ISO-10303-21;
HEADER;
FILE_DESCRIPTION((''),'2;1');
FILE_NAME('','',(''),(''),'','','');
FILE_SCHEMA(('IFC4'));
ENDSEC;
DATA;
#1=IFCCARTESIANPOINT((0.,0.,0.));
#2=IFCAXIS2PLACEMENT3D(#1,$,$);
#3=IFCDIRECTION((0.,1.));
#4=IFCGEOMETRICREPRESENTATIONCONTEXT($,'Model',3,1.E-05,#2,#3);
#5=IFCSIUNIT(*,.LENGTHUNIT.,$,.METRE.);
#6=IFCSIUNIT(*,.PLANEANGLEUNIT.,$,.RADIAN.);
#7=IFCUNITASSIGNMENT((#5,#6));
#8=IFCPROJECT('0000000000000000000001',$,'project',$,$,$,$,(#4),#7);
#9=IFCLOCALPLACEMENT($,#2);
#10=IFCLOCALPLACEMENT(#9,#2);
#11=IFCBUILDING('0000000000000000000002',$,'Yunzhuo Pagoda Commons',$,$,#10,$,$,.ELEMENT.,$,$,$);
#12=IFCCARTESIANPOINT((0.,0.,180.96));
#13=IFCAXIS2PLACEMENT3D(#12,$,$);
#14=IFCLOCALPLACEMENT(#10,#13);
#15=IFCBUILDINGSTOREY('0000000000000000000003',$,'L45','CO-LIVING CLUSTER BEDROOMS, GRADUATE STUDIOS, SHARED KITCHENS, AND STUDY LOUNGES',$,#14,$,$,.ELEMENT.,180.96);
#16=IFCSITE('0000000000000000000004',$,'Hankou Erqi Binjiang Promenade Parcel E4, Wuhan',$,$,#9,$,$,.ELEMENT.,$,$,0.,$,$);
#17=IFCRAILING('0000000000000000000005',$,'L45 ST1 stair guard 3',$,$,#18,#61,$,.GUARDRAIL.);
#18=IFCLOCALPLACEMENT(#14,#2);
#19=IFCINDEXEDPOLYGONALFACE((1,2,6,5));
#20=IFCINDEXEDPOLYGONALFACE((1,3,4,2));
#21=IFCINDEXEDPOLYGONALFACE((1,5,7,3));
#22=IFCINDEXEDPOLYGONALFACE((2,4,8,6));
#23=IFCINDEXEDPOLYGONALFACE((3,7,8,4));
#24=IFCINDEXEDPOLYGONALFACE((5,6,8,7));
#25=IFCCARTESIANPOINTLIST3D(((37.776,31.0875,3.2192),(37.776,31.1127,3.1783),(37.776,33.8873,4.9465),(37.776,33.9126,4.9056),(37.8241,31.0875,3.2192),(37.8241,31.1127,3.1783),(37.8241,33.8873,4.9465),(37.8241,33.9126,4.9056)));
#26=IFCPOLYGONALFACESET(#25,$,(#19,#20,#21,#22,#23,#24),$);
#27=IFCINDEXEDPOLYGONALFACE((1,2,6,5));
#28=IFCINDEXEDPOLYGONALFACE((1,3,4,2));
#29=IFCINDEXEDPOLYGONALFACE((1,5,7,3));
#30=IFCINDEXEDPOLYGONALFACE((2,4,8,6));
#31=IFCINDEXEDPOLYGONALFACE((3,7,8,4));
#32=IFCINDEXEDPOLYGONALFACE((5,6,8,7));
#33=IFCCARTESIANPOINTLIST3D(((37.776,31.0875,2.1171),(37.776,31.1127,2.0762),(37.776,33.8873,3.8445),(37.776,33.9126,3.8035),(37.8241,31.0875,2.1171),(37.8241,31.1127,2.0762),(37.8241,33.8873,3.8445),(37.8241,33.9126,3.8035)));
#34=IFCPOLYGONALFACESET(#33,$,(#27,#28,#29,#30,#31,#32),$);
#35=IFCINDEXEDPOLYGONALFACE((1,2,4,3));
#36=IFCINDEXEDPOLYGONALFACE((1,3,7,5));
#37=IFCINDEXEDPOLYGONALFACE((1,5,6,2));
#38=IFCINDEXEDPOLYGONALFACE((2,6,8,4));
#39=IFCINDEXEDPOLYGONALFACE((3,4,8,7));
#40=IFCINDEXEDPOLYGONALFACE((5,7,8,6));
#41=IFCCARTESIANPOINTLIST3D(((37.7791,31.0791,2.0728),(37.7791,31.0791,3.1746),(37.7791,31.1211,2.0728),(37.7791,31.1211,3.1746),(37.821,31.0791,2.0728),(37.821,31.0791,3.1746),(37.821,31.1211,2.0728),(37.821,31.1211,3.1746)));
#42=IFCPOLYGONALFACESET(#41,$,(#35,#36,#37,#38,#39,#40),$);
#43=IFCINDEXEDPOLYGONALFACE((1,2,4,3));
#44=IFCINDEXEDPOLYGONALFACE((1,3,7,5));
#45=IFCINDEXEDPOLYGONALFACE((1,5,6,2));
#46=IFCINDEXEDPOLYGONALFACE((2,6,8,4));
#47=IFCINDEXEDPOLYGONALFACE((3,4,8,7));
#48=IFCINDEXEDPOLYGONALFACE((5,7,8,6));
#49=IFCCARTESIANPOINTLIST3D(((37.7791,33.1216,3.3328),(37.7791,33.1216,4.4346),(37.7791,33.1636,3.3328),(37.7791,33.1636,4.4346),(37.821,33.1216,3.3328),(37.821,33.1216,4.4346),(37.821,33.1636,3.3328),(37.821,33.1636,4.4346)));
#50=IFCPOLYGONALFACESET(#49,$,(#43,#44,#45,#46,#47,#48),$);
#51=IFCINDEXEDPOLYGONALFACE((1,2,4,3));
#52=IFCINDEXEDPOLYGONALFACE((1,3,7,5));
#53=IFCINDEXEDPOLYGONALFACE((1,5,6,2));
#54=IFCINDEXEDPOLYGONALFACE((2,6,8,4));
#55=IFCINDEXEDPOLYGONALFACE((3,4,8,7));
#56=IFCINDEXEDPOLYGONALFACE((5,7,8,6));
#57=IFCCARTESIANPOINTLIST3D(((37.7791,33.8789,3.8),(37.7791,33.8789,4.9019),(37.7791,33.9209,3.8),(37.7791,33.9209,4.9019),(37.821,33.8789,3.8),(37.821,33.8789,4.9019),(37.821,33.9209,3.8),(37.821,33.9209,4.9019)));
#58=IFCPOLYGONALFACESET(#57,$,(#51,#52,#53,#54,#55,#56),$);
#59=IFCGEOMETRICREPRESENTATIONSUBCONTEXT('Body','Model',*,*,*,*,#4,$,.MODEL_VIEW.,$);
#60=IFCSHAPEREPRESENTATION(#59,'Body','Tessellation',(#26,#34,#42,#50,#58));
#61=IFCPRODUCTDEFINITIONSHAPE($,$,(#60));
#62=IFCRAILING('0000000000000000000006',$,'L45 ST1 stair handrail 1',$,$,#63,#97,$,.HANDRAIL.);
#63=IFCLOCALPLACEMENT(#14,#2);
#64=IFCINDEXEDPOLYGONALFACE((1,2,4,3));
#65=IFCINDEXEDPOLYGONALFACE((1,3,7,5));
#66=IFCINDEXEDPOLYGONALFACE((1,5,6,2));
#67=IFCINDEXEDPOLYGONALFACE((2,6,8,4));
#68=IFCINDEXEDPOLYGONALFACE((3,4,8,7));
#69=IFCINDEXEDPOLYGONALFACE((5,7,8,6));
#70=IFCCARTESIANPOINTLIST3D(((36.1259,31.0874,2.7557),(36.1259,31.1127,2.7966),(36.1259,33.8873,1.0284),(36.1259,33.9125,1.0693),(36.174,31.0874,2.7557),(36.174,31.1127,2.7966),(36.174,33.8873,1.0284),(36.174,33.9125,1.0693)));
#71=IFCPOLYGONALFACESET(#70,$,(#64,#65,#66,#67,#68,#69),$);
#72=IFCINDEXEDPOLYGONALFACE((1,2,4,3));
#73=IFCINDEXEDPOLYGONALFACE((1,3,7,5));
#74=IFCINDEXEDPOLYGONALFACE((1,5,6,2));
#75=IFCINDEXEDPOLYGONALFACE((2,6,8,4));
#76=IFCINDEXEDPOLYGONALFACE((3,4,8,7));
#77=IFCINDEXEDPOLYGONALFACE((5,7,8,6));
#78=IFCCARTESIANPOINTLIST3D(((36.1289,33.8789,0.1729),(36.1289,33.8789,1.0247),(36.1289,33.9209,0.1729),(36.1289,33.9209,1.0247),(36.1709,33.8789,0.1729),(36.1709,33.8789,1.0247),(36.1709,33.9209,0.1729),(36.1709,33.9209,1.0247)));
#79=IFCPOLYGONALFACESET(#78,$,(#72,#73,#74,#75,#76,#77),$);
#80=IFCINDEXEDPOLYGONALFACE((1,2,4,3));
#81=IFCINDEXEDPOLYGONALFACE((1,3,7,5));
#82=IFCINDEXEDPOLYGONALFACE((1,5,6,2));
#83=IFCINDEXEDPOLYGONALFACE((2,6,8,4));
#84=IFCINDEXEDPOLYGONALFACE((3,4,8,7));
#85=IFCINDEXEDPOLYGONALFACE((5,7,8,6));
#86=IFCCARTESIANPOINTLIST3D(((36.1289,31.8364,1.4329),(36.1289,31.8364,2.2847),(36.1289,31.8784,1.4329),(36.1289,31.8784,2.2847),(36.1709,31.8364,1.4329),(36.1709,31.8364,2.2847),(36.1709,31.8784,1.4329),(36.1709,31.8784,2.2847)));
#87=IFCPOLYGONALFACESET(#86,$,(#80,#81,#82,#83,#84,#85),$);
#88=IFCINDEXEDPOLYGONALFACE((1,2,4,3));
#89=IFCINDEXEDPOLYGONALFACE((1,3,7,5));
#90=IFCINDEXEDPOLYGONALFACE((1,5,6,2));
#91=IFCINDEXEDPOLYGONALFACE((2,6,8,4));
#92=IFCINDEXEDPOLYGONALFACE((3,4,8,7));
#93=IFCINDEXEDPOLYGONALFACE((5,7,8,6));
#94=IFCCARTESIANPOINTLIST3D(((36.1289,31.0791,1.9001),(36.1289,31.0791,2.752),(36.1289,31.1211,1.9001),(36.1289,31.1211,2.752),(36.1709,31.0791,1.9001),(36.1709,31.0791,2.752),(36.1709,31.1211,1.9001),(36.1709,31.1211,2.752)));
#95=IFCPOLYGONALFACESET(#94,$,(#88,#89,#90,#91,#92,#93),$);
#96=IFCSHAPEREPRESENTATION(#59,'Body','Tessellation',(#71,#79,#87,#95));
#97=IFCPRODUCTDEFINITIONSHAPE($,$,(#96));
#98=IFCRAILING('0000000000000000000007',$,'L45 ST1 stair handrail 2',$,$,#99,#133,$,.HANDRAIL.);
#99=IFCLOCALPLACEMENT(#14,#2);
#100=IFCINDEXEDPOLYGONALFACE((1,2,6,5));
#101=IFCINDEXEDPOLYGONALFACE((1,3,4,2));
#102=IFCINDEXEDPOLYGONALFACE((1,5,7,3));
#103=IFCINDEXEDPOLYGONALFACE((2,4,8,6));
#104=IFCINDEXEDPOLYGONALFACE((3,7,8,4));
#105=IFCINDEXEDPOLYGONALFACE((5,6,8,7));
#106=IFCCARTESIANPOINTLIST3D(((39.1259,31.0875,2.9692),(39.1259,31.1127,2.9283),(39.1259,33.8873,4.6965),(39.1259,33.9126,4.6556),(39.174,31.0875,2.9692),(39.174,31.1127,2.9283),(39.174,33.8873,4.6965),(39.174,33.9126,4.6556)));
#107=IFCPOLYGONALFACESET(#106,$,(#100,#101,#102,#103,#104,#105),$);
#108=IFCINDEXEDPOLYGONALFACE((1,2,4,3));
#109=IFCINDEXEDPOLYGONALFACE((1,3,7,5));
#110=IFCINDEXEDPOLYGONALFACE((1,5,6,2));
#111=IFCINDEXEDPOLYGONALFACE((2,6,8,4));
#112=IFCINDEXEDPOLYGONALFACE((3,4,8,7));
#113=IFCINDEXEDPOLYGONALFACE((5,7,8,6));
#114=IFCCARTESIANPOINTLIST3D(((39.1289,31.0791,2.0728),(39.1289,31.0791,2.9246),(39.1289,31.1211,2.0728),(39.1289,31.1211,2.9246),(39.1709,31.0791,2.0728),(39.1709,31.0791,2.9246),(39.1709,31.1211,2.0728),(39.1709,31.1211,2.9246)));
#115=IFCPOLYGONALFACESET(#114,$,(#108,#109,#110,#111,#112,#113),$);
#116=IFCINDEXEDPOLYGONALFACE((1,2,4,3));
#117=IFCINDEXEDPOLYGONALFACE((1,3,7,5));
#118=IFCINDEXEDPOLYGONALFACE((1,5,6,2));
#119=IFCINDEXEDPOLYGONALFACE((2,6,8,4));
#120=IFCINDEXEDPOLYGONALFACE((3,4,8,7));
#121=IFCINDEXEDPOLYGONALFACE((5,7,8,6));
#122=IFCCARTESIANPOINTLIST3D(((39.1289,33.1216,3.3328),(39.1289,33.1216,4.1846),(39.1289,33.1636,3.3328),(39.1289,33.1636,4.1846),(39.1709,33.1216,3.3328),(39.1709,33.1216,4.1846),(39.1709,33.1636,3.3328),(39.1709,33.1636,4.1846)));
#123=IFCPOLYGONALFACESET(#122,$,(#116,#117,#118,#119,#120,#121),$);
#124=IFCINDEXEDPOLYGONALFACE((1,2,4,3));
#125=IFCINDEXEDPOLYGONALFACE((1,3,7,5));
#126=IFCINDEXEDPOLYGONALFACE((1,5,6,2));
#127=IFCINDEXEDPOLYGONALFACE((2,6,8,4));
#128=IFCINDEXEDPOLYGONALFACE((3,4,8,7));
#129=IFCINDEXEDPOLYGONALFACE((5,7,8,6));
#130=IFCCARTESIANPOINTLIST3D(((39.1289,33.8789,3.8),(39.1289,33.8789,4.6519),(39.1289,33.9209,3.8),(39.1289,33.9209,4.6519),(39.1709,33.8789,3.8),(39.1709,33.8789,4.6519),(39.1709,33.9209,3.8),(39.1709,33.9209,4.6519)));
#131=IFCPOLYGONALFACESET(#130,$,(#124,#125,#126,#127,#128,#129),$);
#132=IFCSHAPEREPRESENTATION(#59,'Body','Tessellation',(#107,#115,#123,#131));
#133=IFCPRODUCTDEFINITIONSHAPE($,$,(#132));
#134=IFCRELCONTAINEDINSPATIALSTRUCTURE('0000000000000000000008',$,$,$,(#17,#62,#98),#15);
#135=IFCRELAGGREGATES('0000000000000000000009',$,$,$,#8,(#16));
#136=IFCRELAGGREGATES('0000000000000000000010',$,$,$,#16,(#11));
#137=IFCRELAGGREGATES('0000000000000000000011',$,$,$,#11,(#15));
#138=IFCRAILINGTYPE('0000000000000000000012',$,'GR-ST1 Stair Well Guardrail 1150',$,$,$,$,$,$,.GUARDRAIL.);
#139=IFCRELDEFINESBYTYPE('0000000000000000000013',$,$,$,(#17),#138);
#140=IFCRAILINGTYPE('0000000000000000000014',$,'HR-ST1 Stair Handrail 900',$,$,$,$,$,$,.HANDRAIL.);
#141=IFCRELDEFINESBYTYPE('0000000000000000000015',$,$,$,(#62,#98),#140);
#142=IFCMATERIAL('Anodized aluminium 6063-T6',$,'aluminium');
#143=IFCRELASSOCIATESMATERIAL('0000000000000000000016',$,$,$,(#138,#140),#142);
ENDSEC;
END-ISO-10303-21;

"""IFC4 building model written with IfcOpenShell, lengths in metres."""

from ifc_helpers import new_model, si_unit, direction, frame, origin, origin_2d, place, context, subcontext, project, spatial, rectangle, extrude, material, type_object, element, save


model = new_model("IFC4")

# Units and contexts
model_context = context("Model", 3, precision=1e-05, world=origin(), true_north=direction((0.0, 1.0)))
body_context = subcontext(model_context, "Body", "Model", "MODEL_VIEW")
ifc_project = project(units=[si_unit("LENGTHUNIT", "METRE"), si_unit("PLANEANGLEUNIT", "RADIAN")], contexts=[model_context])

# Site, building, storey
site_placement = place(None, origin())
site = spatial("IfcSite", under=ifc_project, at=site_placement, Name="Hankou Erqi Binjiang Promenade Parcel E4, Wuhan", CompositionType="ELEMENT", RefElevation=0.0)
building_placement = place(site_placement, origin())
building = spatial("IfcBuilding", under=site, at=building_placement, Name="Yunzhuo Pagoda Commons", CompositionType="ELEMENT")
storey_placement = place(building_placement, frame((0.0, 0.0, 180.96)))
storey = spatial("IfcBuildingStorey", under=building, at=storey_placement, Name="L45", Description="CO-LIVING CLUSTER BEDROOMS, GRADUATE STUDIOS, SHARED KITCHENS, AND STUDY LOUNGES", CompositionType="ELEMENT", Elevation=180.96)

# Railings
ifc_material_1 = material(Name="Anodized aluminium 6063-T6", Category="aluminium")
railing_type_1 = type_object("IfcRailingType", Name="GR-ST1 Stair Well Guardrail 1150", PredefinedType="GUARDRAIL", material=ifc_material_1)
railing_1_placement = place(storey_placement, frame((37.8, 31.1001, 2.0728)))
element("IfcRailing", 1, at=railing_1_placement, inside=storey, type_object=railing_type_1, Name="L45 ST1 stair guard 3", PredefinedType="GUARDRAIL", context=body_context, shape_type="SweptSolid", body=[
    extrude(rectangle(XDim=0.0481, YDim=0.0481, at=origin_2d()), frame((0.0, 0.0, 1.126), z_axis=(0.0, 0.851069, 0.525054), x_axis=(-1.0, 0.0, 0.0)), (0.0, 0.0, 1.0), 3.2898),
    extrude(rectangle(XDim=0.0481, YDim=0.0481, at=origin_2d()), frame((0.0, 0.0, 0.0239), z_axis=(0.0, 0.851069, 0.525054), x_axis=(-1.0, 0.0, 0.0)), (0.0, 0.0, 1.0), 3.2898),
    extrude(rectangle(XDim=0.042, YDim=0.042, at=origin_2d()), origin(), (0.0, 0.0, 1.0), 1.1018),
    extrude(rectangle(XDim=0.042, YDim=0.042, at=origin_2d()), frame((0.0, 2.0425, 1.26)), (0.0, 0.0, 1.0), 1.1018),
    extrude(rectangle(XDim=0.042, YDim=0.042, at=origin_2d()), frame((0.0, 2.7998, 1.7273)), (0.0, 0.0, 1.0), 1.1018),
])
railing_type_2 = type_object("IfcRailingType", Name="HR-ST1 Stair Handrail 900", PredefinedType="HANDRAIL", material=ifc_material_1)
railing_2_placement = place(storey_placement, frame((36.1499, 33.8999, 0.1729)))
element("IfcRailing", 2, at=railing_2_placement, inside=storey, type_object=railing_type_2, Name="L45 ST1 stair handrail 1", PredefinedType="HANDRAIL", context=body_context, shape_type="SweptSolid", body=[
    extrude(rectangle(XDim=0.0481, YDim=0.0481, at=origin_2d()), frame((0.0, 0.0, 0.876), z_axis=(0.0, -0.851069, 0.525054), x_axis=(1.0, 0.0, 0.0)), (0.0, 0.0, 1.0), 3.2898),
    extrude(rectangle(XDim=0.042, YDim=0.042, at=origin_2d()), origin(), (0.0, 0.0, 1.0), 0.8518),
    extrude(rectangle(XDim=0.042, YDim=0.042, at=origin_2d()), frame((0.0, -2.0425, 1.26)), (0.0, 0.0, 1.0), 0.8518),
    extrude(rectangle(XDim=0.042, YDim=0.042, at=origin_2d()), frame((0.0, -2.7998, 1.7273)), (0.0, 0.0, 1.0), 0.8518),
])
railing_3_placement = place(storey_placement, frame((39.1499, 31.1001, 2.0728)))
element("IfcRailing", 3, at=railing_3_placement, inside=storey, type_object=railing_type_2, Name="L45 ST1 stair handrail 2", PredefinedType="HANDRAIL", context=body_context, shape_type="SweptSolid", body=[
    extrude(rectangle(XDim=0.0481, YDim=0.0481, at=origin_2d()), frame((0.0, 0.0, 0.876), z_axis=(0.0, 0.851069, 0.525054), x_axis=(-1.0, 0.0, 0.0)), (0.0, 0.0, 1.0), 3.2898),
    extrude(rectangle(XDim=0.042, YDim=0.042, at=origin_2d()), origin(), (0.0, 0.0, 1.0), 0.8518),
    extrude(rectangle(XDim=0.042, YDim=0.042, at=origin_2d()), frame((0.0, 2.0425, 1.26)), (0.0, 0.0, 1.0), 0.8518),
    extrude(rectangle(XDim=0.042, YDim=0.042, at=origin_2d()), frame((0.0, 2.7998, 1.7273)), (0.0, 0.0, 1.0), 0.8518),
])

save(model, "model.ifc")
